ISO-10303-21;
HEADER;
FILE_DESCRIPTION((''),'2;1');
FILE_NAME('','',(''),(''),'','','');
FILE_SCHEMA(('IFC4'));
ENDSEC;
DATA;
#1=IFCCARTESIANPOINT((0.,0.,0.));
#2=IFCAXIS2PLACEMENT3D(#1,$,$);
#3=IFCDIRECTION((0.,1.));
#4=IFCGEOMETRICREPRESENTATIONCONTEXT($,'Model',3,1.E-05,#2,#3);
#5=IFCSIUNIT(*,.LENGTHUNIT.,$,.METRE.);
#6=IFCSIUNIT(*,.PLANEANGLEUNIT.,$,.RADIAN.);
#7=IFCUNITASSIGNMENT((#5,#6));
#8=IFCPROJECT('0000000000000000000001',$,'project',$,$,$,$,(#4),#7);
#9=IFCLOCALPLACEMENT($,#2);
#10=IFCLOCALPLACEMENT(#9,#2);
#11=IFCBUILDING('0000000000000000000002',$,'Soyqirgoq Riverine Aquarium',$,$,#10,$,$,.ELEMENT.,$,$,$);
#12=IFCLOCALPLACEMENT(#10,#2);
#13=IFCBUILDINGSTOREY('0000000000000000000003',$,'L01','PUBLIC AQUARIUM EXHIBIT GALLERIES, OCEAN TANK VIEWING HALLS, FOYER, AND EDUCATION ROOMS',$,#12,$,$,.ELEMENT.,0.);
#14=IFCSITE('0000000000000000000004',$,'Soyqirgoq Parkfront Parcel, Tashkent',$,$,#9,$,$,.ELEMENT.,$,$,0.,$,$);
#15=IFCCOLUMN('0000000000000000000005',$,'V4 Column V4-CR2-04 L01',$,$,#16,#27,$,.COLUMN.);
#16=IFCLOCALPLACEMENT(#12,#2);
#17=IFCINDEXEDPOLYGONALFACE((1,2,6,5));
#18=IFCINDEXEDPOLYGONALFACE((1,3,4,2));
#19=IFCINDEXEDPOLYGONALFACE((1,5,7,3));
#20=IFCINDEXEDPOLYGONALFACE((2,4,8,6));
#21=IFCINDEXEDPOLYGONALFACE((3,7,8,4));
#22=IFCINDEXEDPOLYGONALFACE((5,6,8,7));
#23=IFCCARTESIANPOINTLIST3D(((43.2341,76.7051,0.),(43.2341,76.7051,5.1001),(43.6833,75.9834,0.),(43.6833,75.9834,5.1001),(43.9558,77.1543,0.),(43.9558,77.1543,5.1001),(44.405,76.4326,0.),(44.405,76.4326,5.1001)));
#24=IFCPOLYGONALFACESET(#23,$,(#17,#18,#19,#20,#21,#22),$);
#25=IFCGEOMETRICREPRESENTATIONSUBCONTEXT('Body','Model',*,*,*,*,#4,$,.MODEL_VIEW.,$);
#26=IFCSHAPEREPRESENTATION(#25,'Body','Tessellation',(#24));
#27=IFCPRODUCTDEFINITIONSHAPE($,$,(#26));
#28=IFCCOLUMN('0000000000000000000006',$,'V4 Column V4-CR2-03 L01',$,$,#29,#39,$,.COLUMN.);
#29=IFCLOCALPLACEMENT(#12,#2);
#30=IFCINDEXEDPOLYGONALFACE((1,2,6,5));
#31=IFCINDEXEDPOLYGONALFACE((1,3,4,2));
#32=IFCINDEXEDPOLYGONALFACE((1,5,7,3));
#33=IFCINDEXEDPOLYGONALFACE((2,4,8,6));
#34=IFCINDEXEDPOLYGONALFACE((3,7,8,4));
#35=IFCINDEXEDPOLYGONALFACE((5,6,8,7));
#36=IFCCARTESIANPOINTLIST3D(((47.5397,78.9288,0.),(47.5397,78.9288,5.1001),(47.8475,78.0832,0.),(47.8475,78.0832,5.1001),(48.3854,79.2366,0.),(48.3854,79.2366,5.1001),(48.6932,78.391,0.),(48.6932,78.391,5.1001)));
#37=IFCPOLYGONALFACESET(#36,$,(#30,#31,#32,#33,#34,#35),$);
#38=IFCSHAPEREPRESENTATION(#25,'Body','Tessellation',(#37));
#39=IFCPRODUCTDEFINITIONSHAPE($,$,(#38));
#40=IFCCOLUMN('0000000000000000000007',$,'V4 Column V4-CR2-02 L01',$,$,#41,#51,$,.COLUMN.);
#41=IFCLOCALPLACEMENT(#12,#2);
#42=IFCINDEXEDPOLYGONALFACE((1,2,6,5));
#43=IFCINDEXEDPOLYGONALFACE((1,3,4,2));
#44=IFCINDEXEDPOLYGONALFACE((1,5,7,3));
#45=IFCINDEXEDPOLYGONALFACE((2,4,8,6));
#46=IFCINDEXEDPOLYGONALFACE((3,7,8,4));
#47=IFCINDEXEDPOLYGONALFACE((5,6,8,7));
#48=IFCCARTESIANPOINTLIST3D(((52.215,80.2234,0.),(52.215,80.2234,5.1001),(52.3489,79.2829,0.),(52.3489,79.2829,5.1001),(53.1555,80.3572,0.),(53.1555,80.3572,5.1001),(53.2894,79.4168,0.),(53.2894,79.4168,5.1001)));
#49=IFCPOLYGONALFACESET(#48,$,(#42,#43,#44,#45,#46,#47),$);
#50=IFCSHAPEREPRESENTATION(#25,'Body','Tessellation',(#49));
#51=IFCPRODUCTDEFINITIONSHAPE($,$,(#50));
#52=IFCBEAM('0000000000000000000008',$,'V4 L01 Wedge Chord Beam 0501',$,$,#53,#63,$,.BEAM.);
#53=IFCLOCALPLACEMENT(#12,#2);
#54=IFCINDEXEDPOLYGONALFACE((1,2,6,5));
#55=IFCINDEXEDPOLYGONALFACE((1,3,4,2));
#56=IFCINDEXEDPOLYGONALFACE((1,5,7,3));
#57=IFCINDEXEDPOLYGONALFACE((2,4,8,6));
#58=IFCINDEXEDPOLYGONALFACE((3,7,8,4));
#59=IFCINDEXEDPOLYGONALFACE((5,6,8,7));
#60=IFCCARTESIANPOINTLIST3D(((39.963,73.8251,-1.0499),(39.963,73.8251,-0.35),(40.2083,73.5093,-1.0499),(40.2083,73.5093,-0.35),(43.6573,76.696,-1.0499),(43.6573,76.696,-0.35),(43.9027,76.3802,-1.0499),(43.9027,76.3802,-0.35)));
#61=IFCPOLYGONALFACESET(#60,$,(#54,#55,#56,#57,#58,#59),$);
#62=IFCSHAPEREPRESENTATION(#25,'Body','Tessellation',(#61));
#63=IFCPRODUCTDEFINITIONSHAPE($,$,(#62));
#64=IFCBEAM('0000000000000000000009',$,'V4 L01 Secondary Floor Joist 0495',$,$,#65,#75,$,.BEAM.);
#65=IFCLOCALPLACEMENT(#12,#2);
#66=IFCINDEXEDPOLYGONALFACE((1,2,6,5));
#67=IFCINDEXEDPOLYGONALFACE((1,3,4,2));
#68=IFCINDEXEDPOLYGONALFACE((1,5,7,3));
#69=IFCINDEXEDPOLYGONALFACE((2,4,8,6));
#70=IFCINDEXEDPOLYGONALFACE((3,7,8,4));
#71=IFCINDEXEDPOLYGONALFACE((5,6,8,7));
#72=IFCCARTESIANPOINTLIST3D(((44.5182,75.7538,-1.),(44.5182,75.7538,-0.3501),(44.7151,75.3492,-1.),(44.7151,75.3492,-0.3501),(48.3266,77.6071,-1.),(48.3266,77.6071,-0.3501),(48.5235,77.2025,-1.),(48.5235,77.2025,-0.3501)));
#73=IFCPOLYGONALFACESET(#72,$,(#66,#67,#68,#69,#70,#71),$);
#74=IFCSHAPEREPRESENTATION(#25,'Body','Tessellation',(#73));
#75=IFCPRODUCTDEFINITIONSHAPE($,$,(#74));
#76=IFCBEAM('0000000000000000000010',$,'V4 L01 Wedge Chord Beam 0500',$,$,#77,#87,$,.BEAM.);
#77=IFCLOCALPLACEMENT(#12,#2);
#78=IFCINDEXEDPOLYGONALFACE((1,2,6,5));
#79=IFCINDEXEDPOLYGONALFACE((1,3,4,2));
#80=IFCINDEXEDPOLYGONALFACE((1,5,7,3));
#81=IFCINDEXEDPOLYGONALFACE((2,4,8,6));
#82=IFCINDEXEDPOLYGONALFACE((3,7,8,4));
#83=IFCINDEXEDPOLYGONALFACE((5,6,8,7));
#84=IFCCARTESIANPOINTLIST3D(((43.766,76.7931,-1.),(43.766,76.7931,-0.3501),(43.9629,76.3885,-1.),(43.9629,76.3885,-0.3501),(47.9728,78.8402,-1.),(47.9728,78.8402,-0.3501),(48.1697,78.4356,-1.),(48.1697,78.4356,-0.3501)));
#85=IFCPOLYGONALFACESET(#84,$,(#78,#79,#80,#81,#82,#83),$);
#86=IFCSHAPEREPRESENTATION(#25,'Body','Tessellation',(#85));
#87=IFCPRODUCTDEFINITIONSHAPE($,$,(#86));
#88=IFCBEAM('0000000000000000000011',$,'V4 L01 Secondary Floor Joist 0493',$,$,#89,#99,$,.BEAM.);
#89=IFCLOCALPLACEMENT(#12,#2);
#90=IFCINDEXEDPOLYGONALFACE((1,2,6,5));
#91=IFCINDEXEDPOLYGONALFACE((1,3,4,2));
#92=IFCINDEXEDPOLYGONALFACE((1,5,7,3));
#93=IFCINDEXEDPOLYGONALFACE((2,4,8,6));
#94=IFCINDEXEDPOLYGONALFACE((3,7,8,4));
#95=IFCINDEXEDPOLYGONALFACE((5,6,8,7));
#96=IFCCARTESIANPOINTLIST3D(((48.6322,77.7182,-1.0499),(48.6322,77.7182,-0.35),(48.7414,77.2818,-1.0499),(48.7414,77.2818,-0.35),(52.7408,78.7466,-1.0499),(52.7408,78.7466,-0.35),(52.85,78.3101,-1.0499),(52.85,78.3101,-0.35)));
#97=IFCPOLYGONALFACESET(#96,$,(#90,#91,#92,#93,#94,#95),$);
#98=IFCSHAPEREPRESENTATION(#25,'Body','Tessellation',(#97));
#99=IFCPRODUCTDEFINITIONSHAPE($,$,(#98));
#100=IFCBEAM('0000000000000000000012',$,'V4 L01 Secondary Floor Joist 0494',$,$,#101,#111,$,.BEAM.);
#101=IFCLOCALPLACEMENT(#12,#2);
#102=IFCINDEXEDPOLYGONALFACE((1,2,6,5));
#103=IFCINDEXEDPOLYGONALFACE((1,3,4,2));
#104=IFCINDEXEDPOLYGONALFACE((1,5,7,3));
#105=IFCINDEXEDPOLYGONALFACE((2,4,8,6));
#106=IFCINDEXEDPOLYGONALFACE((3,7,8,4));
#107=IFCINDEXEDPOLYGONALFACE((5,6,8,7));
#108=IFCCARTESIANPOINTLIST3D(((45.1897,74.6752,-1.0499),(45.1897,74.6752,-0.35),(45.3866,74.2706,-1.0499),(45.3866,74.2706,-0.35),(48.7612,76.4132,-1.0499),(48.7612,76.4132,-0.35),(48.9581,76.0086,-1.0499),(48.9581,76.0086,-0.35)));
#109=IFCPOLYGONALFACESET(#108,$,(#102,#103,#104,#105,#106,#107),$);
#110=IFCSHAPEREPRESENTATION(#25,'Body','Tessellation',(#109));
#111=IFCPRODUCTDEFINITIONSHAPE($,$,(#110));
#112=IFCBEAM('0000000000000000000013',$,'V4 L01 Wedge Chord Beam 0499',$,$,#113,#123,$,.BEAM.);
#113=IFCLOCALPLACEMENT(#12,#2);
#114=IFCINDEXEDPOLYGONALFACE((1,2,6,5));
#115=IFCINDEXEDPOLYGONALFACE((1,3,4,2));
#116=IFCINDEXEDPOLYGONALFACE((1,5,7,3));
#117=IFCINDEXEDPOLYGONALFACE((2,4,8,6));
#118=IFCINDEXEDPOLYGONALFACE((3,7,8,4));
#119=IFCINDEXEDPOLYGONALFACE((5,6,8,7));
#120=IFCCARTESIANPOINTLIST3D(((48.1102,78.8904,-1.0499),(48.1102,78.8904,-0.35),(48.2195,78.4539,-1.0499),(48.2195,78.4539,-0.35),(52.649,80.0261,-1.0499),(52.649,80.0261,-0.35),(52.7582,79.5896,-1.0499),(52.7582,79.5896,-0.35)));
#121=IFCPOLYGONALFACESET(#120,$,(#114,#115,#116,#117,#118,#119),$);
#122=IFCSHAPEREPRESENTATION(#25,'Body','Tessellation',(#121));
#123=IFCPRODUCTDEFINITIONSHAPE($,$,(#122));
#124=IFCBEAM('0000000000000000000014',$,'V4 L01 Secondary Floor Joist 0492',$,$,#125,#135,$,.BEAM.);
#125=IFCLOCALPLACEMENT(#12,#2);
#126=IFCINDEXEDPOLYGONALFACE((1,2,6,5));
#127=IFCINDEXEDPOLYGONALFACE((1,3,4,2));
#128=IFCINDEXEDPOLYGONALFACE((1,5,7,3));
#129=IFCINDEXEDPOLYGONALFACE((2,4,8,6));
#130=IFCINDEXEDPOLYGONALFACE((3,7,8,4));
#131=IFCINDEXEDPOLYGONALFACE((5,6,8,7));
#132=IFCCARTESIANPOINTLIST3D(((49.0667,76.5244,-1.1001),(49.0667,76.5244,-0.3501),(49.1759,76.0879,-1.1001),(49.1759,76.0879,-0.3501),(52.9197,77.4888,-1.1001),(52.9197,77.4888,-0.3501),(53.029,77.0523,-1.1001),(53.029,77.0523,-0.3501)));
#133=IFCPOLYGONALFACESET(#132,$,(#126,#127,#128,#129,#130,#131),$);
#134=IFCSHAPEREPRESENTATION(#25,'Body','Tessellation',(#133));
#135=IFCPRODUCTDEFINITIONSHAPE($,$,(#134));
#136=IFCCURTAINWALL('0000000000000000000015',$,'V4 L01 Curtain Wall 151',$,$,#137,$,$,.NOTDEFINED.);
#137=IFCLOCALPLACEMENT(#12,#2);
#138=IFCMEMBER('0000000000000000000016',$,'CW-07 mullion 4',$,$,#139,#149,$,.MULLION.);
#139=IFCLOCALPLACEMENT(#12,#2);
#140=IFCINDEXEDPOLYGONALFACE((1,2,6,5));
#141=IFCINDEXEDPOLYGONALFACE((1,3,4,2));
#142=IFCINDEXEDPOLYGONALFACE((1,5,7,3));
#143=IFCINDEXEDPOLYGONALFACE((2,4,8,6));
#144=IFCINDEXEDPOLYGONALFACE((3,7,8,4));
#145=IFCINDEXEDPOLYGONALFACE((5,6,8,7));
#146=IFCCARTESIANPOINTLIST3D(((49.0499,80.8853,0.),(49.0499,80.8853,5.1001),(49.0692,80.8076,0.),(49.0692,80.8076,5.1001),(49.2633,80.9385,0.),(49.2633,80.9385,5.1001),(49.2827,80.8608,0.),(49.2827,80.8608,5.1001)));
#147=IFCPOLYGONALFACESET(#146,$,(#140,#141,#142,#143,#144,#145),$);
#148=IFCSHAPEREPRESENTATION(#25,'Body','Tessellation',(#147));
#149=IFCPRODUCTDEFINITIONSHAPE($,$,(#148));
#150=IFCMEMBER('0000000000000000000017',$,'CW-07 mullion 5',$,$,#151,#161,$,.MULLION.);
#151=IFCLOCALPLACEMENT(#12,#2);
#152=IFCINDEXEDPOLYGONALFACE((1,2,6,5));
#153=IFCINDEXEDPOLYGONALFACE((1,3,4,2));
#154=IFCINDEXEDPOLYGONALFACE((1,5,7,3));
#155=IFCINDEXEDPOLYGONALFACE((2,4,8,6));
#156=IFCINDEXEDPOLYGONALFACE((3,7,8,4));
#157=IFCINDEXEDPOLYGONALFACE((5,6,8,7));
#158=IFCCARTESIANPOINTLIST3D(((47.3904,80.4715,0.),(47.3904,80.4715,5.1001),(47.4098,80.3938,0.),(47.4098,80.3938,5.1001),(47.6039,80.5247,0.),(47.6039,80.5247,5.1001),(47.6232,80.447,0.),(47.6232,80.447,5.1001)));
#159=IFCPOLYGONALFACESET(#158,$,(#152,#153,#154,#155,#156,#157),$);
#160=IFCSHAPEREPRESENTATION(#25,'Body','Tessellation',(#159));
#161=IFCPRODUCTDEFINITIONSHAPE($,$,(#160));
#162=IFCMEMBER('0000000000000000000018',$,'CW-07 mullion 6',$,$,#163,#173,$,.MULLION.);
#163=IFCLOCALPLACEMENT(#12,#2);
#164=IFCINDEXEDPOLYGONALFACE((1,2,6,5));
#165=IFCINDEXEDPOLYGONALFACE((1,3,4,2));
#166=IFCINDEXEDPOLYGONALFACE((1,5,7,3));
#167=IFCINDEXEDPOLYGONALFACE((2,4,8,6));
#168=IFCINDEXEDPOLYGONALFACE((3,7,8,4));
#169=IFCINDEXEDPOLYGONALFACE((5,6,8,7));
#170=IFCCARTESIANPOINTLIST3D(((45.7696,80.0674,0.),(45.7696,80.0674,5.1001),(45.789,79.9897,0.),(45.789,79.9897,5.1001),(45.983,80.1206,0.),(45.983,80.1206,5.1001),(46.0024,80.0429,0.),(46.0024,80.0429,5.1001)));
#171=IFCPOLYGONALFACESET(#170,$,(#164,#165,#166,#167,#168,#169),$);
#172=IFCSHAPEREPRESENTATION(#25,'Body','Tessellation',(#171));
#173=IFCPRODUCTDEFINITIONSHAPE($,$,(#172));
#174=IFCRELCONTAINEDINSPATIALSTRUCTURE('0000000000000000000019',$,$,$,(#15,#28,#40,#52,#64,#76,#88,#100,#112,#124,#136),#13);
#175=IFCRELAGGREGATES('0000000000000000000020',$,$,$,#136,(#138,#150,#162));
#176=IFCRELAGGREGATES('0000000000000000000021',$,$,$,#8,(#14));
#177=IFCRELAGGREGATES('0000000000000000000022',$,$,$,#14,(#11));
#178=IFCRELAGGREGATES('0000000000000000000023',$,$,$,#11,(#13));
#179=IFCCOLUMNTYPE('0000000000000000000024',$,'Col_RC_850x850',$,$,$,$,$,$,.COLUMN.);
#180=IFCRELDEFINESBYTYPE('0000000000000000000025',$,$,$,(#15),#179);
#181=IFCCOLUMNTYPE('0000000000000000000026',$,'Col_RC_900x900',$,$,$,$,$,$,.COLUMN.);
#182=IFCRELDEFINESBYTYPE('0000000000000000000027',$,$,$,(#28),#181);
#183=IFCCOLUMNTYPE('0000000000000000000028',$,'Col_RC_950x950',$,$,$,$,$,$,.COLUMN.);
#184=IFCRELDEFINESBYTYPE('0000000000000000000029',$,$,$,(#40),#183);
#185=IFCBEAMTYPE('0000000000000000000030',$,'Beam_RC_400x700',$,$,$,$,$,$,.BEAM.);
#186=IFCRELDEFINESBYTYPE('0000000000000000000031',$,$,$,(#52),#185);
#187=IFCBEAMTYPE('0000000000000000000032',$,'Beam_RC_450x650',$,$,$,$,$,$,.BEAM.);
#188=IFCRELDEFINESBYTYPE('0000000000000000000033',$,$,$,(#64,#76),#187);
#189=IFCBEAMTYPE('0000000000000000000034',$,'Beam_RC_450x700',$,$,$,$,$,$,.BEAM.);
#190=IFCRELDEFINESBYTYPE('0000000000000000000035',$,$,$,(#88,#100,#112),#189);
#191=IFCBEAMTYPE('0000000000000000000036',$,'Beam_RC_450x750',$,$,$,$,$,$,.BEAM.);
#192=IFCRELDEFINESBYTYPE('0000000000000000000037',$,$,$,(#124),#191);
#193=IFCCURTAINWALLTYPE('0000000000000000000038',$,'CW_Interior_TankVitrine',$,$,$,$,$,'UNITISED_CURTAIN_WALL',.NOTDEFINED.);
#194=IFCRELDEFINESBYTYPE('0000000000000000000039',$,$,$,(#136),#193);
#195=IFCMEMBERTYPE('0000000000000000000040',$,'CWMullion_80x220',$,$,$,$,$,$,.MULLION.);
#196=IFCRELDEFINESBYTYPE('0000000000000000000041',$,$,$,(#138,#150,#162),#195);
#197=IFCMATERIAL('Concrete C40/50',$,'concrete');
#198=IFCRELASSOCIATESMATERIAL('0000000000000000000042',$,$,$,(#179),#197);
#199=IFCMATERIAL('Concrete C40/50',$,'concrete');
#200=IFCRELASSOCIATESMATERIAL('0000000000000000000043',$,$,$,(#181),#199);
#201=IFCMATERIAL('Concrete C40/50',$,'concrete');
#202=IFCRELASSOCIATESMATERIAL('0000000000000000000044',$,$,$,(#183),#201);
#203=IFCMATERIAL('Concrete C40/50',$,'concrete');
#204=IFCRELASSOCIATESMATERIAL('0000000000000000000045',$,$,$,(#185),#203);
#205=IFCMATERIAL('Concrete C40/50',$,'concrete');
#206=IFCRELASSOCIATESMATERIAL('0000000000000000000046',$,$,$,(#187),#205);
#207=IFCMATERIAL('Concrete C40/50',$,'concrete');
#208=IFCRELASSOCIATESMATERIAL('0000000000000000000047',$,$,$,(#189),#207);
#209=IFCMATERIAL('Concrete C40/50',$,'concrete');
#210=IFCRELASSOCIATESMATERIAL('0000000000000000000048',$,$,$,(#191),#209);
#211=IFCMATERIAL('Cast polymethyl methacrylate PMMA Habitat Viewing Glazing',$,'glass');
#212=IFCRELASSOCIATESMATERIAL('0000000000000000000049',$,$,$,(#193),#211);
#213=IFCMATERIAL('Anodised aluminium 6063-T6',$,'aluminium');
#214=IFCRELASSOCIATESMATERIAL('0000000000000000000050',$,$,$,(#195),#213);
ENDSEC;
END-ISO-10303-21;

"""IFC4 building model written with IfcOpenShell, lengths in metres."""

from ifc_helpers import new_model, si_unit, direction, frame, origin, origin_2d, place, context, subcontext, project, spatial, rectangle, extrude, material, material_profile, profile_set, type_object, element, aggregate, save


model = new_model("IFC4")

# Units and contexts
model_context = context("Model", 3, precision=1e-05, world=origin(), true_north=direction((0.0, 1.0)))
body_context = subcontext(model_context, "Body", "Model", "MODEL_VIEW")
ifc_project = project(units=[si_unit("LENGTHUNIT", "METRE"), si_unit("PLANEANGLEUNIT", "RADIAN")], contexts=[model_context])

# Site, building, storey
site_placement = place(None, origin())
site = spatial("IfcSite", under=ifc_project, at=site_placement, Name="Soyqirgoq Parkfront Parcel, Tashkent", CompositionType="ELEMENT", RefElevation=0.0)
building_placement = place(site_placement, origin())
building = spatial("IfcBuilding", under=site, at=building_placement, Name="Soyqirgoq Riverine Aquarium", CompositionType="ELEMENT")
storey_placement = place(building_placement, origin())
storey = spatial("IfcBuildingStorey", under=building, at=storey_placement, Name="L01", Description="PUBLIC AQUARIUM EXHIBIT GALLERIES, OCEAN TANK VIEWING HALLS, FOYER, AND EDUCATION ROOMS", CompositionType="ELEMENT", Elevation=0.0)

# Columns
ifc_material_1 = material(Name="Concrete C40/50", Category="concrete")
ifc_material_profile_1 = material_profile(ifc_material_1, rectangle(XDim=0.8501, YDim=0.8501, at=origin_2d()), Name="RC 850x850")
ifc_profile_set_1 = profile_set([ifc_material_profile_1], Name="Concrete C40/50")
column_type_1 = type_object("IfcColumnType", Name="Col_RC_850x850", PredefinedType="COLUMN", material=ifc_profile_set_1)
column_1_placement = place(storey_placement, frame((43.8196, 76.5688, 0.0), z_axis=(0.0, 0.0, 1.0), x_axis=(-0.528438, 0.848972, 0.0)))
element("IfcColumn", 1, at=column_1_placement, inside=storey, type_object=column_type_1, Name="V4 Column V4-CR2-04 L01", PredefinedType="COLUMN", context=body_context, shape_type="SweptSolid", body=[
    extrude(rectangle(XDim=0.8501, YDim=0.8501, at=origin_2d()), origin(), (0.0, 0.0, 1.0), 5.1001),
])
ifc_material_2 = material(Name="Concrete C40/50", Category="concrete")
ifc_material_profile_2 = material_profile(ifc_material_2, rectangle(XDim=0.8999, YDim=0.8999, at=origin_2d()), Name="RC 900x900")
ifc_profile_set_2 = profile_set([ifc_material_profile_2], Name="Concrete C40/50")
column_type_2 = type_object("IfcColumnType", Name="Col_RC_900x900", PredefinedType="COLUMN", material=ifc_profile_set_2)
column_2_placement = place(storey_placement, frame((48.1165, 78.6599, 0.0), z_axis=(0.0, 0.0, 1.0), x_axis=(-0.34202, 0.939693, 0.0)))
element("IfcColumn", 2, at=column_2_placement, inside=storey, type_object=column_type_2, Name="V4 Column V4-CR2-03 L01", PredefinedType="COLUMN", context=body_context, shape_type="SweptSolid", body=[
    extrude(rectangle(XDim=0.8999, YDim=0.8999, at=origin_2d()), origin(), (0.0, 0.0, 1.0), 5.1001),
])
ifc_material_3 = material(Name="Concrete C40/50", Category="concrete")
ifc_material_profile_3 = material_profile(ifc_material_3, rectangle(XDim=0.95, YDim=0.95, at=origin_2d()), Name="RC 950x950")
ifc_profile_set_3 = profile_set([ifc_material_profile_3], Name="Concrete C40/50")
column_type_3 = type_object("IfcColumnType", Name="Col_RC_950x950", PredefinedType="COLUMN", material=ifc_profile_set_3)
column_3_placement = place(storey_placement, frame((52.7522, 79.8201, 0.0), z_axis=(0.0, 0.0, 1.0), x_axis=(-0.140901, 0.990024, 0.0)))
element("IfcColumn", 3, at=column_3_placement, inside=storey, type_object=column_type_3, Name="V4 Column V4-CR2-02 L01", PredefinedType="COLUMN", context=body_context, shape_type="SweptSolid", body=[
    extrude(rectangle(XDim=0.95, YDim=0.95, at=origin_2d()), origin(), (0.0, 0.0, 1.0), 5.1001),
])

# Beams
ifc_material_4 = material(Name="Concrete C40/50", Category="concrete")
ifc_material_profile_4 = material_profile(ifc_material_4, rectangle(XDim=0.3999, YDim=0.7, at=origin_2d()), Name="RC 400x700")
ifc_profile_set_4 = profile_set([ifc_material_profile_4], Name="Concrete C40/50")
beam_type_1 = type_object("IfcBeamType", Name="Beam_RC_400x700", PredefinedType="BEAM", material=ifc_profile_set_4)
beam_1_placement = place(storey_placement, frame((43.78, 76.5381, -0.7), z_axis=(-0.789613, -0.613605, 0.0), x_axis=(0.613605, -0.789613, 0.0)))
element("IfcBeam", 4, at=beam_1_placement, inside=storey, type_object=beam_type_1, Name="V4 L01 Wedge Chord Beam 0501", PredefinedType="BEAM", context=body_context, shape_type="SweptSolid", body=[
    extrude(rectangle(XDim=0.3999, YDim=0.7, at=origin_2d()), origin(), (0.0, 0.0, 1.0), 4.6787),
])
ifc_material_5 = material(Name="Concrete C40/50", Category="concrete")
ifc_material_profile_5 = material_profile(ifc_material_5, rectangle(XDim=0.45, YDim=0.6499, at=origin_2d()), Name="RC 450x650")
ifc_profile_set_5 = profile_set([ifc_material_profile_5], Name="Concrete C40/50")
beam_type_2 = type_object("IfcBeamType", Name="Beam_RC_450x650", PredefinedType="BEAM", material=ifc_profile_set_5)
beam_2_placement = place(storey_placement, frame((48.425, 77.4048, -0.675), z_axis=(-0.899183, -0.437573, 0.0), x_axis=(0.437573, -0.899183, 0.0)))
element("IfcBeam", 5, at=beam_2_placement, inside=storey, type_object=beam_type_2, Name="V4 L01 Secondary Floor Joist 0495", PredefinedType="BEAM", context=body_context, shape_type="SweptSolid", body=[
    extrude(rectangle(XDim=0.45, YDim=0.6499, at=origin_2d()), origin(), (0.0, 0.0, 1.0), 4.2354),
])
beam_3_placement = place(storey_placement, frame((48.0713, 78.6379, -0.675), z_axis=(-0.899187, -0.437565, 0.0), x_axis=(0.437565, -0.899187, 0.0)))
element("IfcBeam", 6, at=beam_3_placement, inside=storey, type_object=beam_type_2, Name="V4 L01 Wedge Chord Beam 0500", PredefinedType="BEAM", context=body_context, shape_type="SweptSolid", body=[
    extrude(rectangle(XDim=0.45, YDim=0.6499, at=origin_2d()), origin(), (0.0, 0.0, 1.0), 4.6785),
])
ifc_material_6 = material(Name="Concrete C40/50", Category="concrete")
ifc_material_profile_6 = material_profile(ifc_material_6, rectangle(XDim=0.45, YDim=0.7, at=origin_2d()), Name="RC 450x700")
ifc_profile_set_6 = profile_set([ifc_material_profile_6], Name="Concrete C40/50")
beam_type_3 = type_object("IfcBeamType", Name="Beam_RC_450x700", PredefinedType="BEAM", material=ifc_profile_set_6)
beam_4_placement = place(storey_placement, frame((52.7954, 78.5283, -0.7), z_axis=(-0.970078, -0.242793, 0.0), x_axis=(0.242793, -0.970078, 0.0)))
element("IfcBeam", 7, at=beam_4_placement, inside=storey, type_object=beam_type_3, Name="V4 L01 Secondary Floor Joist 0493", PredefinedType="BEAM", context=body_context, shape_type="SweptSolid", body=[
    extrude(rectangle(XDim=0.45, YDim=0.7, at=origin_2d()), origin(), (0.0, 0.0, 1.0), 4.2354),
])
beam_5_placement = place(storey_placement, frame((48.8596, 76.2109, -0.7), z_axis=(-0.899182, -0.437575, 0.0), x_axis=(0.437575, -0.899182, 0.0)))
element("IfcBeam", 8, at=beam_5_placement, inside=storey, type_object=beam_type_3, Name="V4 L01 Secondary Floor Joist 0494", PredefinedType="BEAM", context=body_context, shape_type="SweptSolid", body=[
    extrude(rectangle(XDim=0.45, YDim=0.7, at=origin_2d()), origin(), (0.0, 0.0, 1.0), 3.9719),
])
beam_6_placement = place(storey_placement, frame((52.7036, 79.8079, -0.7), z_axis=(-0.97009, -0.242744, 0.0), x_axis=(0.242744, -0.97009, 0.0)))
element("IfcBeam", 9, at=beam_6_placement, inside=storey, type_object=beam_type_3, Name="V4 L01 Wedge Chord Beam 0499", PredefinedType="BEAM", context=body_context, shape_type="SweptSolid", body=[
    extrude(rectangle(XDim=0.45, YDim=0.7, at=origin_2d()), origin(), (0.0, 0.0, 1.0), 4.6787),
])
ifc_material_7 = material(Name="Concrete C40/50", Category="concrete")
ifc_material_profile_7 = material_profile(ifc_material_7, rectangle(XDim=0.45, YDim=0.75, at=origin_2d()), Name="RC 450x750")
ifc_profile_set_7 = profile_set([ifc_material_profile_7], Name="Concrete C40/50")
beam_type_4 = type_object("IfcBeamType", Name="Beam_RC_450x750", PredefinedType="BEAM", material=ifc_profile_set_7)
beam_7_placement = place(storey_placement, frame((52.9744, 77.2705, -0.7251), z_axis=(-0.970077, -0.242796, 0.0), x_axis=(0.242796, -0.970077, 0.0)))
element("IfcBeam", 10, at=beam_7_placement, inside=storey, type_object=beam_type_4, Name="V4 L01 Secondary Floor Joist 0492", PredefinedType="BEAM", context=body_context, shape_type="SweptSolid", body=[
    extrude(rectangle(XDim=0.45, YDim=0.75, at=origin_2d()), origin(), (0.0, 0.0, 1.0), 3.9719),
])

# Curtain wall, members
ifc_material_8 = material(Name="Cast polymethyl methacrylate PMMA Habitat Viewing Glazing", Category="glass")
curtain_wall_type = type_object("IfcCurtainWallType", Name="CW_Interior_TankVitrine", ElementType="UNITISED_CURTAIN_WALL", PredefinedType="NOTDEFINED", material=ifc_material_8)
curtain_wall_placement = place(storey_placement, origin())
curtain_wall = element("IfcCurtainWall", 11, at=curtain_wall_placement, inside=storey, type_object=curtain_wall_type, Name="V4 L01 Curtain Wall 151", PredefinedType="NOTDEFINED")
ifc_material_9 = material(Name="Anodised aluminium 6063-T6", Category="aluminium")
ifc_material_profile_8 = material_profile(ifc_material_9, rectangle(XDim=0.0801, YDim=0.22, at=origin_2d()), Name="ALU-M 80x220")
ifc_profile_set_8 = profile_set([ifc_material_profile_8], Name="Anodised aluminium 6063-T6")
member_type_1 = type_object("IfcMemberType", Name="CWMullion_80x220", PredefinedType="MULLION", material=ifc_profile_set_8)
member_1_placement = place(storey_placement, frame((49.1663, 80.873, 0.0), z_axis=(0.0, 0.0, 1.0), x_axis=(0.241922, -0.970296, 0.0)))
member_1 = element("IfcMember", 12, at=member_1_placement, type_object=member_type_1, Name="CW-07 mullion 4", PredefinedType="MULLION", context=body_context, shape_type="SweptSolid", body=[
    extrude(rectangle(XDim=0.0801, YDim=0.22, at=origin_2d()), origin(), (0.0, 0.0, 1.0), 5.1001),
])
member_2_placement = place(storey_placement, frame((47.5068, 80.4592, 0.0), z_axis=(0.0, 0.0, 1.0), x_axis=(0.241922, -0.970296, 0.0)))
member_2 = element("IfcMember", 13, at=member_2_placement, type_object=member_type_1, Name="CW-07 mullion 5", PredefinedType="MULLION", context=body_context, shape_type="SweptSolid", body=[
    extrude(rectangle(XDim=0.0801, YDim=0.22, at=origin_2d()), origin(), (0.0, 0.0, 1.0), 5.1001),
])
member_3_placement = place(storey_placement, frame((45.886, 80.0552, 0.0), z_axis=(0.0, 0.0, 1.0), x_axis=(0.241922, -0.970296, 0.0)))
member_3 = element("IfcMember", 14, at=member_3_placement, type_object=member_type_1, Name="CW-07 mullion 6", PredefinedType="MULLION", context=body_context, shape_type="SweptSolid", body=[
    extrude(rectangle(XDim=0.0801, YDim=0.22, at=origin_2d()), origin(), (0.0, 0.0, 1.0), 5.1001),
])

aggregate(curtain_wall, [member_1, member_2, member_3])

save(model, "model.ifc")
